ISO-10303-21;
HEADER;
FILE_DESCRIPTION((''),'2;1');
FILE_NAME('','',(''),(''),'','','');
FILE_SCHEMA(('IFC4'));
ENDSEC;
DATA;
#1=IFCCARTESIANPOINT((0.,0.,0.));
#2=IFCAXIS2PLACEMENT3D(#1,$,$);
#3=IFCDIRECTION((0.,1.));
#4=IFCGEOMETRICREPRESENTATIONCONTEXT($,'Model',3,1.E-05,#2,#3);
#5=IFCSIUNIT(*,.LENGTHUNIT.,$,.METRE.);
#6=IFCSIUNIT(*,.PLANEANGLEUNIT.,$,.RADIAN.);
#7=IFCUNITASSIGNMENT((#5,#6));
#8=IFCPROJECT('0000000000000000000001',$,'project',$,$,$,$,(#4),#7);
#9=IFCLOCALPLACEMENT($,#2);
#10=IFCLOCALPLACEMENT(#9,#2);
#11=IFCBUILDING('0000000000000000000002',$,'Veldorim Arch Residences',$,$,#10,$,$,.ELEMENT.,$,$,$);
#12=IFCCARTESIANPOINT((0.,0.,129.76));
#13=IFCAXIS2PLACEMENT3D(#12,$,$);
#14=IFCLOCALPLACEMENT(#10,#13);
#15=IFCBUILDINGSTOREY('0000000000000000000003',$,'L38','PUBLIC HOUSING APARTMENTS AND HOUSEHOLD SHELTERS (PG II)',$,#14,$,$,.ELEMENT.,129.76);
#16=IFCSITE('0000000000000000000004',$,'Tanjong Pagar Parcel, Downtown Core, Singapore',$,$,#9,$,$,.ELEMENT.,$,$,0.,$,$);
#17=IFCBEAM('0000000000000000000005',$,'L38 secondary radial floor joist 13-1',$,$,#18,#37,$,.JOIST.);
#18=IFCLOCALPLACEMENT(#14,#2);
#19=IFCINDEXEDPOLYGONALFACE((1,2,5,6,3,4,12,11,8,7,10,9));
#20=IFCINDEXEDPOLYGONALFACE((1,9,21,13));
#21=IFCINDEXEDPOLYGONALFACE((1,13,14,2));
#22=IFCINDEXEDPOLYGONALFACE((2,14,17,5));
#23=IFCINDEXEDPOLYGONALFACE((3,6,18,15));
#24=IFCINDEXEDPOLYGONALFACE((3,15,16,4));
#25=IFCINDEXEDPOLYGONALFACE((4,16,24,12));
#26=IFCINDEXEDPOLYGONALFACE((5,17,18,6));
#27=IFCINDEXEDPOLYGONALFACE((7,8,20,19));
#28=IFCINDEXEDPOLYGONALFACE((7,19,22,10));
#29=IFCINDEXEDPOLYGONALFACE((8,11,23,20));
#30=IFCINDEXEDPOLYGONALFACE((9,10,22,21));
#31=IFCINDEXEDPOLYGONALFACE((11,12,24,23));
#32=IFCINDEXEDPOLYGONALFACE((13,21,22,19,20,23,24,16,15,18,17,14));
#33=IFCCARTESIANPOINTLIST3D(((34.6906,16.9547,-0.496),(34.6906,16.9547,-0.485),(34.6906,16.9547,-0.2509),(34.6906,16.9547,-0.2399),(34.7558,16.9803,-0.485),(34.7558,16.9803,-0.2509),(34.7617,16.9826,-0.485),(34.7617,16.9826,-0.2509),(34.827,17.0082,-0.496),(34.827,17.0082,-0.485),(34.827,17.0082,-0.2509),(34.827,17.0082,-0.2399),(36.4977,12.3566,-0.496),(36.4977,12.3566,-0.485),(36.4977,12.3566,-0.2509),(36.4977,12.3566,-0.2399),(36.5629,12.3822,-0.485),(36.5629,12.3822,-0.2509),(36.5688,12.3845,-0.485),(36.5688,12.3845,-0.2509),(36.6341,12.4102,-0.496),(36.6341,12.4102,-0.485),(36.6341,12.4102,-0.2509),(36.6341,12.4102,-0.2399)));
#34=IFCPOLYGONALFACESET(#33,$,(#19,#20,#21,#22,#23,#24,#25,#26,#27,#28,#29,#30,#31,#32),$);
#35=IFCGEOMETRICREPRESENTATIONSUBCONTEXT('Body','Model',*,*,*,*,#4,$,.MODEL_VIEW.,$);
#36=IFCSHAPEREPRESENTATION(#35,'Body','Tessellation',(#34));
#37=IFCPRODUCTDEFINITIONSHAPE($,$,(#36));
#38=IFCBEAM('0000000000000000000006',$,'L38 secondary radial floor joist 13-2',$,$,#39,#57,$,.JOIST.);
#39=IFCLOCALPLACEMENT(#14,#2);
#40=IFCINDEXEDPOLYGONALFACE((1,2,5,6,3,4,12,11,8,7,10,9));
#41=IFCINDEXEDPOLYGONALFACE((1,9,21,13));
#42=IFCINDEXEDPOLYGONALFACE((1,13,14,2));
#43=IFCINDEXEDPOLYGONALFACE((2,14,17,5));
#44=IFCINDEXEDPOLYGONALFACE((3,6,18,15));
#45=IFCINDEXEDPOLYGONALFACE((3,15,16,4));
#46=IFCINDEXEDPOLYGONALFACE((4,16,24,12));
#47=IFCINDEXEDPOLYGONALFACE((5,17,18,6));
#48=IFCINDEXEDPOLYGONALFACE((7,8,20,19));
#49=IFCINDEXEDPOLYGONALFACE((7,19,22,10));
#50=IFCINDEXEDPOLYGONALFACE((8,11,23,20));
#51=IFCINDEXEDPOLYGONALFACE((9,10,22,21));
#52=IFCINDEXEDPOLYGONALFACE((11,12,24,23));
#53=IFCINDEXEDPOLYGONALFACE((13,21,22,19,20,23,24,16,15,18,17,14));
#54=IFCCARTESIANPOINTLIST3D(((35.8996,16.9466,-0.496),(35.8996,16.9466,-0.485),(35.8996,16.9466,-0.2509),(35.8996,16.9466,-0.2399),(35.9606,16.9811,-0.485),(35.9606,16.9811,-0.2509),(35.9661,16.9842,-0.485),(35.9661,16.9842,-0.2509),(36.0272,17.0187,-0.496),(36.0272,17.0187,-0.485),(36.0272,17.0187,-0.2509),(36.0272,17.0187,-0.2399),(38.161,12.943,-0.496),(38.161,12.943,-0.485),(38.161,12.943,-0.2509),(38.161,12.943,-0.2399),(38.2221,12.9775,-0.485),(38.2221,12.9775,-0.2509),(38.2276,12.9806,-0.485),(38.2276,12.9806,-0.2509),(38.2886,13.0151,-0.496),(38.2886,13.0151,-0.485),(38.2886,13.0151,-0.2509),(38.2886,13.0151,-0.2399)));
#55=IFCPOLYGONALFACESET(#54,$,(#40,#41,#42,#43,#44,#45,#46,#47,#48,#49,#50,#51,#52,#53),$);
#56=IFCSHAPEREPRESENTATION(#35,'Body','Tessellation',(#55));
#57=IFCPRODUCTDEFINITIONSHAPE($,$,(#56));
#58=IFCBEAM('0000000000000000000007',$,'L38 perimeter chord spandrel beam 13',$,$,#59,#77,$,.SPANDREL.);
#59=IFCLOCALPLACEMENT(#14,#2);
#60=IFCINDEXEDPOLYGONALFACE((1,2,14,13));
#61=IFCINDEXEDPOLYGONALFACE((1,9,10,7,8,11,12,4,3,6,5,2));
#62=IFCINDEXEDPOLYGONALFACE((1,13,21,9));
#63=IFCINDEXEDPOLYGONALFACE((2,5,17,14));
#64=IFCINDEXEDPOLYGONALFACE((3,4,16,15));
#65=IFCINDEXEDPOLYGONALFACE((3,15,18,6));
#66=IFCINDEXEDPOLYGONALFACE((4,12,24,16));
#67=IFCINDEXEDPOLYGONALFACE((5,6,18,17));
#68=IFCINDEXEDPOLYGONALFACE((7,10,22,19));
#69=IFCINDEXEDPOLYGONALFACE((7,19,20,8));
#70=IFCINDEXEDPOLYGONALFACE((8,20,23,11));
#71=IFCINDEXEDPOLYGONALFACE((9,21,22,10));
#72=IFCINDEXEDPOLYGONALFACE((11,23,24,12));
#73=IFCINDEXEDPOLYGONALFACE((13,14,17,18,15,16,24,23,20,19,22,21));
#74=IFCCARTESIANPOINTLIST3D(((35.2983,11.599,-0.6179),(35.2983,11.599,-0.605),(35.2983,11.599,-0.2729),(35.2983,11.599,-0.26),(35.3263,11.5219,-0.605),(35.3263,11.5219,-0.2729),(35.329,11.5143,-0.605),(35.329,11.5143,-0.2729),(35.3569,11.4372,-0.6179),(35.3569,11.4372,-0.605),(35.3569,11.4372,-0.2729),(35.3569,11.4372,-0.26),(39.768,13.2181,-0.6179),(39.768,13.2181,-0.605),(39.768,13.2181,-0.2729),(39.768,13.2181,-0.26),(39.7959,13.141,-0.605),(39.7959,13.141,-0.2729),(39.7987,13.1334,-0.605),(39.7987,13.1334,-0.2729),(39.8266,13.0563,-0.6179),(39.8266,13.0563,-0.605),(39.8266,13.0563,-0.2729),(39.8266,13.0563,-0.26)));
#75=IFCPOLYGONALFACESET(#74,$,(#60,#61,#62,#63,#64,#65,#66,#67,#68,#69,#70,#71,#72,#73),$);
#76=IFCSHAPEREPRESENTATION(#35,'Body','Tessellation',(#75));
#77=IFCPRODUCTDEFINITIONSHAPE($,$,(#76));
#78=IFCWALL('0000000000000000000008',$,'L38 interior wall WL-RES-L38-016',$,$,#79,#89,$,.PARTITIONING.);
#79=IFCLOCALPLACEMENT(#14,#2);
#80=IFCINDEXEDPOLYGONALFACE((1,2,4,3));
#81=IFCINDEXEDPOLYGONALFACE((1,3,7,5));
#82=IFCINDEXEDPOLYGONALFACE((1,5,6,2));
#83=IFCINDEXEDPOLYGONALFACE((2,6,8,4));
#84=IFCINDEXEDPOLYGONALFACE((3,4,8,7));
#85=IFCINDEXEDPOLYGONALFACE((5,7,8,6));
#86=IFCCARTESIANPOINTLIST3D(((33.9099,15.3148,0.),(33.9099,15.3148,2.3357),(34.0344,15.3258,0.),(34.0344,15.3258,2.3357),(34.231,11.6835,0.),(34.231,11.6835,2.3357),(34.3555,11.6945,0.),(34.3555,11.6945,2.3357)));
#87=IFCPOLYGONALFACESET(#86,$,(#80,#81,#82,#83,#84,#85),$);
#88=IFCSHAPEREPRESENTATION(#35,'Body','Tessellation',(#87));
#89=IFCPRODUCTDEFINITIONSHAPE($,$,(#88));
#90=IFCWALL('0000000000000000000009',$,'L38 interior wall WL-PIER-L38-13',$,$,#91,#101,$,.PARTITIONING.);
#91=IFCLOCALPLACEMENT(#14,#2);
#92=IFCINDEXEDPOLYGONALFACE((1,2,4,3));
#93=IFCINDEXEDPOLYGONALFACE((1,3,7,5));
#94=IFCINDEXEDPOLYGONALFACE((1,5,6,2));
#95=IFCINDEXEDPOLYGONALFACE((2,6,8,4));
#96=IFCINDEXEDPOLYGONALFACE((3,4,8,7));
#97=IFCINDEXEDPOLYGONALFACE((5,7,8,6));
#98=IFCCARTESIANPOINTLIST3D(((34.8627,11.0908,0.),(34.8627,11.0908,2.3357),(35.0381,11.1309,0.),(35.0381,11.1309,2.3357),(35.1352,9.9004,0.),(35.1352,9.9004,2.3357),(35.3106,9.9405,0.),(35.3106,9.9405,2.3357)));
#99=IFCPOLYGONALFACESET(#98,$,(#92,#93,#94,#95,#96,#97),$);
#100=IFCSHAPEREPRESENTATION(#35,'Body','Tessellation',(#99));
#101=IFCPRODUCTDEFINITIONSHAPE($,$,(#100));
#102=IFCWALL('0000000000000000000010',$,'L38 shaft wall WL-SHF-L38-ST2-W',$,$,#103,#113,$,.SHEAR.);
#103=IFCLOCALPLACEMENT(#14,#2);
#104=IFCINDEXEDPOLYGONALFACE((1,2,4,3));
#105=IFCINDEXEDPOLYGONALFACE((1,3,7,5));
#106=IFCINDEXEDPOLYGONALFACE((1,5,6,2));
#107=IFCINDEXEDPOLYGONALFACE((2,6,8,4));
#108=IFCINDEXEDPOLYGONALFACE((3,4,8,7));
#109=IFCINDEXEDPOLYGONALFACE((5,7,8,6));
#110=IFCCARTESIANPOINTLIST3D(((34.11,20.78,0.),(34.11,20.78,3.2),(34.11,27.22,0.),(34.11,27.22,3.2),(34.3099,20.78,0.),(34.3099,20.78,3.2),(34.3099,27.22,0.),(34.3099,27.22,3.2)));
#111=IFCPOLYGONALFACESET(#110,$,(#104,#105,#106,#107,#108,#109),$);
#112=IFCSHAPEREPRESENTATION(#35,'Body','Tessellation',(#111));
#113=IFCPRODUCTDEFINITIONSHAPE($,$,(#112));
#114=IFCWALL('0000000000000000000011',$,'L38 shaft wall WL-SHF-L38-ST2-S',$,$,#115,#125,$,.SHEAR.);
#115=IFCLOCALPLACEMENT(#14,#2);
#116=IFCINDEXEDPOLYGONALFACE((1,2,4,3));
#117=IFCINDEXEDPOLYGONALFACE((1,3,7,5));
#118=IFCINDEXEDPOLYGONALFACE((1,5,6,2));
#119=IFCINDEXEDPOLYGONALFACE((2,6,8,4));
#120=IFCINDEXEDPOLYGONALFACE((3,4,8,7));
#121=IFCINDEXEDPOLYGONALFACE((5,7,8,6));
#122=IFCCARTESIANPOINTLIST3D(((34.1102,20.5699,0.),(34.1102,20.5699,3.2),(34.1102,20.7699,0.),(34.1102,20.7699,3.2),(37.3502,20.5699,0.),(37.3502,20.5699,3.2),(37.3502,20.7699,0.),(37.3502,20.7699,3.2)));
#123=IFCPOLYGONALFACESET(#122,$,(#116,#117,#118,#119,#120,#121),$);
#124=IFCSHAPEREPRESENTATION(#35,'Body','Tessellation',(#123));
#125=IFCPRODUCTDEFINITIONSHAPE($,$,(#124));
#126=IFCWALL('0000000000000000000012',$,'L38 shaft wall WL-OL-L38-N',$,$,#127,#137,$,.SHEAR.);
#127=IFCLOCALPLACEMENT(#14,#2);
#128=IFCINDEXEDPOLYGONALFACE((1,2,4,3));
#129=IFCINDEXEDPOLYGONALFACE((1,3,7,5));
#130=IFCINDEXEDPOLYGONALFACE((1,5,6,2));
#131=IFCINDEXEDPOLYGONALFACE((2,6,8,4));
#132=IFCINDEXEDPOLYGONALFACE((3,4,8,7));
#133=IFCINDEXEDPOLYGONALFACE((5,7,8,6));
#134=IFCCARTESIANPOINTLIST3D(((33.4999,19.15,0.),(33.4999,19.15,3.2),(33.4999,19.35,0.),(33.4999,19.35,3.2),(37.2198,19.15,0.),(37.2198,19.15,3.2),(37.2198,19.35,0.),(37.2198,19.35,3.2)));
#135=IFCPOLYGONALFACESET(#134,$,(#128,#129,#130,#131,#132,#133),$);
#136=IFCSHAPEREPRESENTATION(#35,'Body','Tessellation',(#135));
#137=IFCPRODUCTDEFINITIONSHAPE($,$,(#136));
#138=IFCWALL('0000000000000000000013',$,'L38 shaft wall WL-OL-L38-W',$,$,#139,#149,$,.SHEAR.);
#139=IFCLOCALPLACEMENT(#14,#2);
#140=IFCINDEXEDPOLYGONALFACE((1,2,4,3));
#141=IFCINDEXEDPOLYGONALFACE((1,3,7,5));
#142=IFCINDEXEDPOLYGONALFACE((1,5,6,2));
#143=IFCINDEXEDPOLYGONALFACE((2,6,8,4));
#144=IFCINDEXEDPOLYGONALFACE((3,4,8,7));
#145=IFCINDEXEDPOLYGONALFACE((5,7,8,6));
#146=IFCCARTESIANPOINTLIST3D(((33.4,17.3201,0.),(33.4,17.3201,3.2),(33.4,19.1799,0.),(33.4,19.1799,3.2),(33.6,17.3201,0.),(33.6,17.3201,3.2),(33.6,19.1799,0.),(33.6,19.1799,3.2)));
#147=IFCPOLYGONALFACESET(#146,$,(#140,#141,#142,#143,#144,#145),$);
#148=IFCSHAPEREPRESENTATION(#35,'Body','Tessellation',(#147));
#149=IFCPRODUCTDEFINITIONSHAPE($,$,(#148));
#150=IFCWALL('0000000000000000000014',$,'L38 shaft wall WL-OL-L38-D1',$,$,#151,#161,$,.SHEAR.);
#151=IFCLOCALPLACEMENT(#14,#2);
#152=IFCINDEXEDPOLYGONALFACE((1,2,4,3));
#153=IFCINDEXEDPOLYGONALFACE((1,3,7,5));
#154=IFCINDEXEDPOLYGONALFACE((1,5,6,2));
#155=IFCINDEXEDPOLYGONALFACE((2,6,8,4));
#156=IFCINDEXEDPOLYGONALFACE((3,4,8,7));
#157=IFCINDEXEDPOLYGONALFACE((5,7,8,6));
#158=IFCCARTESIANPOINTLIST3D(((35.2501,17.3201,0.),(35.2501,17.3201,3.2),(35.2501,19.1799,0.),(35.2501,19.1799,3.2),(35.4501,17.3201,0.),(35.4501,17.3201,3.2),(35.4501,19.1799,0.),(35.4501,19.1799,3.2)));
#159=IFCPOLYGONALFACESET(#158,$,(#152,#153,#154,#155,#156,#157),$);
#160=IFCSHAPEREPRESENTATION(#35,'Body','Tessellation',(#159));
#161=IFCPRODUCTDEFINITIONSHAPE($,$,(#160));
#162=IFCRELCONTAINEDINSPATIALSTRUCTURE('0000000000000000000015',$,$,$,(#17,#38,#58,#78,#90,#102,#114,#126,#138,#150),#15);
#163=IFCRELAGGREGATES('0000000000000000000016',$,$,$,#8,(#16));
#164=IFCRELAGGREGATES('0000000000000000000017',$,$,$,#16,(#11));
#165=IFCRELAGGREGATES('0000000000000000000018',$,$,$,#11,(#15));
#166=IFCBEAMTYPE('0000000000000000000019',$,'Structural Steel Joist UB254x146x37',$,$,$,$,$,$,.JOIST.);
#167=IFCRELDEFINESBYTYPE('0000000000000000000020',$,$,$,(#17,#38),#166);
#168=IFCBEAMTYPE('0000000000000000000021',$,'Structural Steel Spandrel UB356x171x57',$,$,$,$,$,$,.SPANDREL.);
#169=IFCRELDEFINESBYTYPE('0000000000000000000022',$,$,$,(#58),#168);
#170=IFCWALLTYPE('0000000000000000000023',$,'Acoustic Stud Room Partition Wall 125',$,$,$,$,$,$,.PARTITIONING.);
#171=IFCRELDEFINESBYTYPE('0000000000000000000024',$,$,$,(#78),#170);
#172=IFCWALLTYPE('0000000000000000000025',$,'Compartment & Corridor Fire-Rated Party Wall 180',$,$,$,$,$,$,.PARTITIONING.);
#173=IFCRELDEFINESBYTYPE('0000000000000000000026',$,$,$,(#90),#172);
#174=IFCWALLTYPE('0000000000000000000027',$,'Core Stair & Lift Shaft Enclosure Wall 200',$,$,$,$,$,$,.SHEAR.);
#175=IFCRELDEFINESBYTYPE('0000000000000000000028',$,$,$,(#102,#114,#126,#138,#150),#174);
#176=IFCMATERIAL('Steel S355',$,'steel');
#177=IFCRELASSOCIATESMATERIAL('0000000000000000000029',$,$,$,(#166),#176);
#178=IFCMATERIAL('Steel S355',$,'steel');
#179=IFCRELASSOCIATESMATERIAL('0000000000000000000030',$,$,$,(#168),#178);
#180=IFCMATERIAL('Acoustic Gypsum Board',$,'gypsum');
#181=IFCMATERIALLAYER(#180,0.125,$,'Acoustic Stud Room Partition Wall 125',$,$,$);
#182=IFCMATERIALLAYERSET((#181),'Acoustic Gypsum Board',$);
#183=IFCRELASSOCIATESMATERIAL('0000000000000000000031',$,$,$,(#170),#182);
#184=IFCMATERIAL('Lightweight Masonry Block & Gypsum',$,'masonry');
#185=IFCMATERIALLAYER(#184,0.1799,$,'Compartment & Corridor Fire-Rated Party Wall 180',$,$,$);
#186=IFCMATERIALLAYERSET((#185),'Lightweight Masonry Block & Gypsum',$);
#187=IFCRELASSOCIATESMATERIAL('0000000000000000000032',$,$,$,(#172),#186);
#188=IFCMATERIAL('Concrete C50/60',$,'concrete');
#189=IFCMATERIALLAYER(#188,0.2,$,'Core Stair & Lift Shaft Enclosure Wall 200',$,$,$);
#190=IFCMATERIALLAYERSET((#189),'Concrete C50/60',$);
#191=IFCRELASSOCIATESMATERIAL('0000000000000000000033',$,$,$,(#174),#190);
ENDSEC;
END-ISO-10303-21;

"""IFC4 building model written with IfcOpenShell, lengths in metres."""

from ifc_helpers import new_model, si_unit, direction, frame, frame_2d, origin, origin_2d, place, context, subcontext, project, spatial, rectangle, i_section, extrude, material, layer, layer_set, material_profile, profile_set, type_object, element, save


model = new_model("IFC4")

# Units and contexts
model_context = context("Model", 3, precision=1e-05, world=origin(), true_north=direction((0.0, 1.0)))
body_context = subcontext(model_context, "Body", "Model", "MODEL_VIEW")
ifc_project = project(units=[si_unit("LENGTHUNIT", "METRE"), si_unit("PLANEANGLEUNIT", "RADIAN")], contexts=[model_context])

# Site, building, storey
site_placement = place(None, origin())
site = spatial("IfcSite", under=ifc_project, at=site_placement, Name="Tanjong Pagar Parcel, Downtown Core, Singapore", CompositionType="ELEMENT", RefElevation=0.0)
building_placement = place(site_placement, origin())
building = spatial("IfcBuilding", under=site, at=building_placement, Name="Veldorim Arch Residences", CompositionType="ELEMENT")
storey_placement = place(building_placement, frame((0.0, 0.0, 129.76)))
storey = spatial("IfcBuildingStorey", under=building, at=storey_placement, Name="L38", Description="PUBLIC HOUSING APARTMENTS AND HOUSEHOLD SHELTERS (PG II)", CompositionType="ELEMENT", Elevation=129.76)

# Beams
ifc_material_1 = material(Name="Steel S355", Category="steel")
ifc_material_profile_1 = material_profile(ifc_material_1, i_section(OverallWidth=0.1465, OverallDepth=0.2561, WebThickness=0.0063, FlangeThickness=0.011, at=origin_2d()), Name="UB254x146x37")
ifc_profile_set_1 = profile_set([ifc_material_profile_1], Name="Steel S355")
beam_type_1 = type_object("IfcBeamType", Name="Structural Steel Joist UB254x146x37", PredefinedType="JOIST", material=ifc_profile_set_1)
beam_1_placement = place(storey_placement, frame((34.7588, 16.9814, -0.3679), z_axis=(0.365778, -0.930702, 0.0), x_axis=(0.930702, 0.365778, 0.0)))
element("IfcBeam", 1, at=beam_1_placement, inside=storey, type_object=beam_type_1, Name="L38 secondary radial floor joist 13-1", PredefinedType="JOIST", context=body_context, shape_type="SweptSolid", body=[
    extrude(i_section(OverallWidth=0.1465, OverallDepth=0.2561, WebThickness=0.0063, FlangeThickness=0.011, at=origin_2d()), origin(), (0.0, 0.0, 1.0), 4.9404),
])
beam_2_placement = place(storey_placement, frame((35.9634, 16.9827, -0.3679), z_axis=(0.491816, -0.870699, 0.0), x_axis=(0.870699, 0.491816, 0.0)))
element("IfcBeam", 2, at=beam_2_placement, inside=storey, type_object=beam_type_1, Name="L38 secondary radial floor joist 13-2", PredefinedType="JOIST", context=body_context, shape_type="SweptSolid", body=[
    extrude(i_section(OverallWidth=0.1465, OverallDepth=0.2561, WebThickness=0.0063, FlangeThickness=0.011, at=origin_2d()), origin(), (0.0, 0.0, 1.0), 4.5981),
])
ifc_material_2 = material(Name="Steel S355", Category="steel")
ifc_material_profile_2 = material_profile(ifc_material_2, i_section(OverallWidth=0.1721, OverallDepth=0.3579, WebThickness=0.0081, FlangeThickness=0.0129, at=origin_2d()), Name="UB356x171x57")
ifc_profile_set_2 = profile_set([ifc_material_profile_2], Name="Steel S355")
beam_type_2 = type_object("IfcBeamType", Name="Structural Steel Spandrel UB356x171x57", PredefinedType="SPANDREL", material=ifc_profile_set_2)
beam_3_placement = place(storey_placement, frame((35.3276, 11.5181, -0.439), z_axis=(0.940213, 0.340588, 0.0), x_axis=(-0.340588, 0.940213, 0.0)))
element("IfcBeam", 3, at=beam_3_placement, inside=storey, type_object=beam_type_2, Name="L38 perimeter chord spandrel beam 13", PredefinedType="SPANDREL", context=body_context, shape_type="SweptSolid", body=[
    extrude(i_section(OverallWidth=0.1721, OverallDepth=0.3579, WebThickness=0.0081, FlangeThickness=0.0129, at=origin_2d()), origin(), (0.0, 0.0, 1.0), 4.7539),
])

# Walls
ifc_material_3 = material(Name="Acoustic Gypsum Board", Category="gypsum")
ifc_layer_1 = layer(ifc_material_3, 0.125, Name="Acoustic Stud Room Partition Wall 125")
ifc_layer_set_1 = layer_set([ifc_layer_1], Name="Acoustic Gypsum Board")
wall_type_1 = type_object("IfcWallType", Name="Acoustic Stud Room Partition Wall 125", PredefinedType="PARTITIONING", material=ifc_layer_set_1)
wall_1_placement = place(storey_placement, frame((34.2932, 11.689, 0.0), z_axis=(0.0, 0.0, 1.0), x_axis=(-0.088066, 0.996115, 0.0)))
element("IfcWall", 4, at=wall_1_placement, inside=storey, type_object=wall_type_1, Name="L38 interior wall WL-RES-L38-016", PredefinedType="PARTITIONING", context=body_context, shape_type="SweptSolid", body=[
    extrude(rectangle(XDim=3.6455, YDim=0.125, at=frame_2d((1.8228, 0.0))), origin(), (0.0, 0.0, 1.0), 2.3357),
])
ifc_material_4 = material(Name="Lightweight Masonry Block & Gypsum", Category="masonry")
ifc_layer_2 = layer(ifc_material_4, 0.1799, Name="Compartment & Corridor Fire-Rated Party Wall 180")
ifc_layer_set_2 = layer_set([ifc_layer_2], Name="Lightweight Masonry Block & Gypsum")
wall_type_2 = type_object("IfcWallType", Name="Compartment & Corridor Fire-Rated Party Wall 180", PredefinedType="PARTITIONING", material=ifc_layer_set_2)
wall_2_placement = place(storey_placement, frame((34.9504, 11.1108, 0.0), z_axis=(0.0, 0.0, 1.0), x_axis=(0.223107, -0.974794, 0.0)))
element("IfcWall", 5, at=wall_2_placement, inside=storey, type_object=wall_type_2, Name="L38 interior wall WL-PIER-L38-13", PredefinedType="PARTITIONING", context=body_context, shape_type="SweptSolid", body=[
    extrude(rectangle(XDim=1.2212, YDim=0.1799, at=frame_2d((0.6106, 0.0))), origin(), (0.0, 0.0, 1.0), 2.3357),
])
ifc_material_5 = material(Name="Concrete C50/60", Category="concrete")
ifc_layer_3 = layer(ifc_material_5, 0.2, Name="Core Stair & Lift Shaft Enclosure Wall 200")
ifc_layer_set_3 = layer_set([ifc_layer_3], Name="Concrete C50/60")
wall_type_3 = type_object("IfcWallType", Name="Core Stair & Lift Shaft Enclosure Wall 200", PredefinedType="SHEAR", material=ifc_layer_set_3)
wall_3_placement = place(storey_placement, frame((34.21, 20.78, 0.0), z_axis=(0.0, 0.0, 1.0), x_axis=(0.0, 1.0, 0.0)))
element("IfcWall", 6, at=wall_3_placement, inside=storey, type_object=wall_type_3, Name="L38 shaft wall WL-SHF-L38-ST2-W", PredefinedType="SHEAR", context=body_context, shape_type="SweptSolid", body=[
    extrude(rectangle(XDim=6.4399, YDim=0.2, at=frame_2d((3.22, 0.0))), origin(), (0.0, 0.0, 1.0), 3.2),
])
wall_4_placement = place(storey_placement, frame((34.1101, 20.6699, 0.0), z_axis=(0.0, 0.0, 1.0), x_axis=(1.0, 0.0, 0.0)))
element("IfcWall", 7, at=wall_4_placement, inside=storey, type_object=wall_type_3, Name="L38 shaft wall WL-SHF-L38-ST2-S", PredefinedType="SHEAR", context=body_context, shape_type="SweptSolid", body=[
    extrude(rectangle(XDim=3.24, YDim=0.2, at=frame_2d((1.6201, 0.0))), origin(), (0.0, 0.0, 1.0), 3.2),
])
wall_5_placement = place(storey_placement, frame((33.5, 19.25, 0.0), z_axis=(0.0, 0.0, 1.0), x_axis=(1.0, 0.0, 0.0)))
element("IfcWall", 8, at=wall_5_placement, inside=storey, type_object=wall_type_3, Name="L38 shaft wall WL-OL-L38-N", PredefinedType="SHEAR", context=body_context, shape_type="SweptSolid", body=[
    extrude(rectangle(XDim=3.72, YDim=0.2, at=frame_2d((1.8599, 0.0))), origin(), (0.0, 0.0, 1.0), 3.2),
])
for number, where, z_axis, x_axis, name in (
    (9, (33.5, 17.3201, 0.0), (0.0, 0.0, 1.0), (0.0, 1.0, 0.0), "L38 shaft wall WL-OL-L38-W"),
    (10, (35.3501, 17.3201, 0.0), (0.0, 0.0, 1.0), (0.0, 1.0, 0.0), "L38 shaft wall WL-OL-L38-D1"),
):
    element("IfcWall", number, at=place(storey_placement, frame(where, z_axis=z_axis, x_axis=x_axis)), inside=storey, type_object=wall_type_3, Name=name, PredefinedType="SHEAR", context=body_context, shape_type="SweptSolid", body=[
        extrude(rectangle(XDim=1.8599, YDim=0.2, at=frame_2d((0.9299, 0.0))), origin(), (0.0, 0.0, 1.0), 3.2),
    ])

save(model, "model.ifc")
